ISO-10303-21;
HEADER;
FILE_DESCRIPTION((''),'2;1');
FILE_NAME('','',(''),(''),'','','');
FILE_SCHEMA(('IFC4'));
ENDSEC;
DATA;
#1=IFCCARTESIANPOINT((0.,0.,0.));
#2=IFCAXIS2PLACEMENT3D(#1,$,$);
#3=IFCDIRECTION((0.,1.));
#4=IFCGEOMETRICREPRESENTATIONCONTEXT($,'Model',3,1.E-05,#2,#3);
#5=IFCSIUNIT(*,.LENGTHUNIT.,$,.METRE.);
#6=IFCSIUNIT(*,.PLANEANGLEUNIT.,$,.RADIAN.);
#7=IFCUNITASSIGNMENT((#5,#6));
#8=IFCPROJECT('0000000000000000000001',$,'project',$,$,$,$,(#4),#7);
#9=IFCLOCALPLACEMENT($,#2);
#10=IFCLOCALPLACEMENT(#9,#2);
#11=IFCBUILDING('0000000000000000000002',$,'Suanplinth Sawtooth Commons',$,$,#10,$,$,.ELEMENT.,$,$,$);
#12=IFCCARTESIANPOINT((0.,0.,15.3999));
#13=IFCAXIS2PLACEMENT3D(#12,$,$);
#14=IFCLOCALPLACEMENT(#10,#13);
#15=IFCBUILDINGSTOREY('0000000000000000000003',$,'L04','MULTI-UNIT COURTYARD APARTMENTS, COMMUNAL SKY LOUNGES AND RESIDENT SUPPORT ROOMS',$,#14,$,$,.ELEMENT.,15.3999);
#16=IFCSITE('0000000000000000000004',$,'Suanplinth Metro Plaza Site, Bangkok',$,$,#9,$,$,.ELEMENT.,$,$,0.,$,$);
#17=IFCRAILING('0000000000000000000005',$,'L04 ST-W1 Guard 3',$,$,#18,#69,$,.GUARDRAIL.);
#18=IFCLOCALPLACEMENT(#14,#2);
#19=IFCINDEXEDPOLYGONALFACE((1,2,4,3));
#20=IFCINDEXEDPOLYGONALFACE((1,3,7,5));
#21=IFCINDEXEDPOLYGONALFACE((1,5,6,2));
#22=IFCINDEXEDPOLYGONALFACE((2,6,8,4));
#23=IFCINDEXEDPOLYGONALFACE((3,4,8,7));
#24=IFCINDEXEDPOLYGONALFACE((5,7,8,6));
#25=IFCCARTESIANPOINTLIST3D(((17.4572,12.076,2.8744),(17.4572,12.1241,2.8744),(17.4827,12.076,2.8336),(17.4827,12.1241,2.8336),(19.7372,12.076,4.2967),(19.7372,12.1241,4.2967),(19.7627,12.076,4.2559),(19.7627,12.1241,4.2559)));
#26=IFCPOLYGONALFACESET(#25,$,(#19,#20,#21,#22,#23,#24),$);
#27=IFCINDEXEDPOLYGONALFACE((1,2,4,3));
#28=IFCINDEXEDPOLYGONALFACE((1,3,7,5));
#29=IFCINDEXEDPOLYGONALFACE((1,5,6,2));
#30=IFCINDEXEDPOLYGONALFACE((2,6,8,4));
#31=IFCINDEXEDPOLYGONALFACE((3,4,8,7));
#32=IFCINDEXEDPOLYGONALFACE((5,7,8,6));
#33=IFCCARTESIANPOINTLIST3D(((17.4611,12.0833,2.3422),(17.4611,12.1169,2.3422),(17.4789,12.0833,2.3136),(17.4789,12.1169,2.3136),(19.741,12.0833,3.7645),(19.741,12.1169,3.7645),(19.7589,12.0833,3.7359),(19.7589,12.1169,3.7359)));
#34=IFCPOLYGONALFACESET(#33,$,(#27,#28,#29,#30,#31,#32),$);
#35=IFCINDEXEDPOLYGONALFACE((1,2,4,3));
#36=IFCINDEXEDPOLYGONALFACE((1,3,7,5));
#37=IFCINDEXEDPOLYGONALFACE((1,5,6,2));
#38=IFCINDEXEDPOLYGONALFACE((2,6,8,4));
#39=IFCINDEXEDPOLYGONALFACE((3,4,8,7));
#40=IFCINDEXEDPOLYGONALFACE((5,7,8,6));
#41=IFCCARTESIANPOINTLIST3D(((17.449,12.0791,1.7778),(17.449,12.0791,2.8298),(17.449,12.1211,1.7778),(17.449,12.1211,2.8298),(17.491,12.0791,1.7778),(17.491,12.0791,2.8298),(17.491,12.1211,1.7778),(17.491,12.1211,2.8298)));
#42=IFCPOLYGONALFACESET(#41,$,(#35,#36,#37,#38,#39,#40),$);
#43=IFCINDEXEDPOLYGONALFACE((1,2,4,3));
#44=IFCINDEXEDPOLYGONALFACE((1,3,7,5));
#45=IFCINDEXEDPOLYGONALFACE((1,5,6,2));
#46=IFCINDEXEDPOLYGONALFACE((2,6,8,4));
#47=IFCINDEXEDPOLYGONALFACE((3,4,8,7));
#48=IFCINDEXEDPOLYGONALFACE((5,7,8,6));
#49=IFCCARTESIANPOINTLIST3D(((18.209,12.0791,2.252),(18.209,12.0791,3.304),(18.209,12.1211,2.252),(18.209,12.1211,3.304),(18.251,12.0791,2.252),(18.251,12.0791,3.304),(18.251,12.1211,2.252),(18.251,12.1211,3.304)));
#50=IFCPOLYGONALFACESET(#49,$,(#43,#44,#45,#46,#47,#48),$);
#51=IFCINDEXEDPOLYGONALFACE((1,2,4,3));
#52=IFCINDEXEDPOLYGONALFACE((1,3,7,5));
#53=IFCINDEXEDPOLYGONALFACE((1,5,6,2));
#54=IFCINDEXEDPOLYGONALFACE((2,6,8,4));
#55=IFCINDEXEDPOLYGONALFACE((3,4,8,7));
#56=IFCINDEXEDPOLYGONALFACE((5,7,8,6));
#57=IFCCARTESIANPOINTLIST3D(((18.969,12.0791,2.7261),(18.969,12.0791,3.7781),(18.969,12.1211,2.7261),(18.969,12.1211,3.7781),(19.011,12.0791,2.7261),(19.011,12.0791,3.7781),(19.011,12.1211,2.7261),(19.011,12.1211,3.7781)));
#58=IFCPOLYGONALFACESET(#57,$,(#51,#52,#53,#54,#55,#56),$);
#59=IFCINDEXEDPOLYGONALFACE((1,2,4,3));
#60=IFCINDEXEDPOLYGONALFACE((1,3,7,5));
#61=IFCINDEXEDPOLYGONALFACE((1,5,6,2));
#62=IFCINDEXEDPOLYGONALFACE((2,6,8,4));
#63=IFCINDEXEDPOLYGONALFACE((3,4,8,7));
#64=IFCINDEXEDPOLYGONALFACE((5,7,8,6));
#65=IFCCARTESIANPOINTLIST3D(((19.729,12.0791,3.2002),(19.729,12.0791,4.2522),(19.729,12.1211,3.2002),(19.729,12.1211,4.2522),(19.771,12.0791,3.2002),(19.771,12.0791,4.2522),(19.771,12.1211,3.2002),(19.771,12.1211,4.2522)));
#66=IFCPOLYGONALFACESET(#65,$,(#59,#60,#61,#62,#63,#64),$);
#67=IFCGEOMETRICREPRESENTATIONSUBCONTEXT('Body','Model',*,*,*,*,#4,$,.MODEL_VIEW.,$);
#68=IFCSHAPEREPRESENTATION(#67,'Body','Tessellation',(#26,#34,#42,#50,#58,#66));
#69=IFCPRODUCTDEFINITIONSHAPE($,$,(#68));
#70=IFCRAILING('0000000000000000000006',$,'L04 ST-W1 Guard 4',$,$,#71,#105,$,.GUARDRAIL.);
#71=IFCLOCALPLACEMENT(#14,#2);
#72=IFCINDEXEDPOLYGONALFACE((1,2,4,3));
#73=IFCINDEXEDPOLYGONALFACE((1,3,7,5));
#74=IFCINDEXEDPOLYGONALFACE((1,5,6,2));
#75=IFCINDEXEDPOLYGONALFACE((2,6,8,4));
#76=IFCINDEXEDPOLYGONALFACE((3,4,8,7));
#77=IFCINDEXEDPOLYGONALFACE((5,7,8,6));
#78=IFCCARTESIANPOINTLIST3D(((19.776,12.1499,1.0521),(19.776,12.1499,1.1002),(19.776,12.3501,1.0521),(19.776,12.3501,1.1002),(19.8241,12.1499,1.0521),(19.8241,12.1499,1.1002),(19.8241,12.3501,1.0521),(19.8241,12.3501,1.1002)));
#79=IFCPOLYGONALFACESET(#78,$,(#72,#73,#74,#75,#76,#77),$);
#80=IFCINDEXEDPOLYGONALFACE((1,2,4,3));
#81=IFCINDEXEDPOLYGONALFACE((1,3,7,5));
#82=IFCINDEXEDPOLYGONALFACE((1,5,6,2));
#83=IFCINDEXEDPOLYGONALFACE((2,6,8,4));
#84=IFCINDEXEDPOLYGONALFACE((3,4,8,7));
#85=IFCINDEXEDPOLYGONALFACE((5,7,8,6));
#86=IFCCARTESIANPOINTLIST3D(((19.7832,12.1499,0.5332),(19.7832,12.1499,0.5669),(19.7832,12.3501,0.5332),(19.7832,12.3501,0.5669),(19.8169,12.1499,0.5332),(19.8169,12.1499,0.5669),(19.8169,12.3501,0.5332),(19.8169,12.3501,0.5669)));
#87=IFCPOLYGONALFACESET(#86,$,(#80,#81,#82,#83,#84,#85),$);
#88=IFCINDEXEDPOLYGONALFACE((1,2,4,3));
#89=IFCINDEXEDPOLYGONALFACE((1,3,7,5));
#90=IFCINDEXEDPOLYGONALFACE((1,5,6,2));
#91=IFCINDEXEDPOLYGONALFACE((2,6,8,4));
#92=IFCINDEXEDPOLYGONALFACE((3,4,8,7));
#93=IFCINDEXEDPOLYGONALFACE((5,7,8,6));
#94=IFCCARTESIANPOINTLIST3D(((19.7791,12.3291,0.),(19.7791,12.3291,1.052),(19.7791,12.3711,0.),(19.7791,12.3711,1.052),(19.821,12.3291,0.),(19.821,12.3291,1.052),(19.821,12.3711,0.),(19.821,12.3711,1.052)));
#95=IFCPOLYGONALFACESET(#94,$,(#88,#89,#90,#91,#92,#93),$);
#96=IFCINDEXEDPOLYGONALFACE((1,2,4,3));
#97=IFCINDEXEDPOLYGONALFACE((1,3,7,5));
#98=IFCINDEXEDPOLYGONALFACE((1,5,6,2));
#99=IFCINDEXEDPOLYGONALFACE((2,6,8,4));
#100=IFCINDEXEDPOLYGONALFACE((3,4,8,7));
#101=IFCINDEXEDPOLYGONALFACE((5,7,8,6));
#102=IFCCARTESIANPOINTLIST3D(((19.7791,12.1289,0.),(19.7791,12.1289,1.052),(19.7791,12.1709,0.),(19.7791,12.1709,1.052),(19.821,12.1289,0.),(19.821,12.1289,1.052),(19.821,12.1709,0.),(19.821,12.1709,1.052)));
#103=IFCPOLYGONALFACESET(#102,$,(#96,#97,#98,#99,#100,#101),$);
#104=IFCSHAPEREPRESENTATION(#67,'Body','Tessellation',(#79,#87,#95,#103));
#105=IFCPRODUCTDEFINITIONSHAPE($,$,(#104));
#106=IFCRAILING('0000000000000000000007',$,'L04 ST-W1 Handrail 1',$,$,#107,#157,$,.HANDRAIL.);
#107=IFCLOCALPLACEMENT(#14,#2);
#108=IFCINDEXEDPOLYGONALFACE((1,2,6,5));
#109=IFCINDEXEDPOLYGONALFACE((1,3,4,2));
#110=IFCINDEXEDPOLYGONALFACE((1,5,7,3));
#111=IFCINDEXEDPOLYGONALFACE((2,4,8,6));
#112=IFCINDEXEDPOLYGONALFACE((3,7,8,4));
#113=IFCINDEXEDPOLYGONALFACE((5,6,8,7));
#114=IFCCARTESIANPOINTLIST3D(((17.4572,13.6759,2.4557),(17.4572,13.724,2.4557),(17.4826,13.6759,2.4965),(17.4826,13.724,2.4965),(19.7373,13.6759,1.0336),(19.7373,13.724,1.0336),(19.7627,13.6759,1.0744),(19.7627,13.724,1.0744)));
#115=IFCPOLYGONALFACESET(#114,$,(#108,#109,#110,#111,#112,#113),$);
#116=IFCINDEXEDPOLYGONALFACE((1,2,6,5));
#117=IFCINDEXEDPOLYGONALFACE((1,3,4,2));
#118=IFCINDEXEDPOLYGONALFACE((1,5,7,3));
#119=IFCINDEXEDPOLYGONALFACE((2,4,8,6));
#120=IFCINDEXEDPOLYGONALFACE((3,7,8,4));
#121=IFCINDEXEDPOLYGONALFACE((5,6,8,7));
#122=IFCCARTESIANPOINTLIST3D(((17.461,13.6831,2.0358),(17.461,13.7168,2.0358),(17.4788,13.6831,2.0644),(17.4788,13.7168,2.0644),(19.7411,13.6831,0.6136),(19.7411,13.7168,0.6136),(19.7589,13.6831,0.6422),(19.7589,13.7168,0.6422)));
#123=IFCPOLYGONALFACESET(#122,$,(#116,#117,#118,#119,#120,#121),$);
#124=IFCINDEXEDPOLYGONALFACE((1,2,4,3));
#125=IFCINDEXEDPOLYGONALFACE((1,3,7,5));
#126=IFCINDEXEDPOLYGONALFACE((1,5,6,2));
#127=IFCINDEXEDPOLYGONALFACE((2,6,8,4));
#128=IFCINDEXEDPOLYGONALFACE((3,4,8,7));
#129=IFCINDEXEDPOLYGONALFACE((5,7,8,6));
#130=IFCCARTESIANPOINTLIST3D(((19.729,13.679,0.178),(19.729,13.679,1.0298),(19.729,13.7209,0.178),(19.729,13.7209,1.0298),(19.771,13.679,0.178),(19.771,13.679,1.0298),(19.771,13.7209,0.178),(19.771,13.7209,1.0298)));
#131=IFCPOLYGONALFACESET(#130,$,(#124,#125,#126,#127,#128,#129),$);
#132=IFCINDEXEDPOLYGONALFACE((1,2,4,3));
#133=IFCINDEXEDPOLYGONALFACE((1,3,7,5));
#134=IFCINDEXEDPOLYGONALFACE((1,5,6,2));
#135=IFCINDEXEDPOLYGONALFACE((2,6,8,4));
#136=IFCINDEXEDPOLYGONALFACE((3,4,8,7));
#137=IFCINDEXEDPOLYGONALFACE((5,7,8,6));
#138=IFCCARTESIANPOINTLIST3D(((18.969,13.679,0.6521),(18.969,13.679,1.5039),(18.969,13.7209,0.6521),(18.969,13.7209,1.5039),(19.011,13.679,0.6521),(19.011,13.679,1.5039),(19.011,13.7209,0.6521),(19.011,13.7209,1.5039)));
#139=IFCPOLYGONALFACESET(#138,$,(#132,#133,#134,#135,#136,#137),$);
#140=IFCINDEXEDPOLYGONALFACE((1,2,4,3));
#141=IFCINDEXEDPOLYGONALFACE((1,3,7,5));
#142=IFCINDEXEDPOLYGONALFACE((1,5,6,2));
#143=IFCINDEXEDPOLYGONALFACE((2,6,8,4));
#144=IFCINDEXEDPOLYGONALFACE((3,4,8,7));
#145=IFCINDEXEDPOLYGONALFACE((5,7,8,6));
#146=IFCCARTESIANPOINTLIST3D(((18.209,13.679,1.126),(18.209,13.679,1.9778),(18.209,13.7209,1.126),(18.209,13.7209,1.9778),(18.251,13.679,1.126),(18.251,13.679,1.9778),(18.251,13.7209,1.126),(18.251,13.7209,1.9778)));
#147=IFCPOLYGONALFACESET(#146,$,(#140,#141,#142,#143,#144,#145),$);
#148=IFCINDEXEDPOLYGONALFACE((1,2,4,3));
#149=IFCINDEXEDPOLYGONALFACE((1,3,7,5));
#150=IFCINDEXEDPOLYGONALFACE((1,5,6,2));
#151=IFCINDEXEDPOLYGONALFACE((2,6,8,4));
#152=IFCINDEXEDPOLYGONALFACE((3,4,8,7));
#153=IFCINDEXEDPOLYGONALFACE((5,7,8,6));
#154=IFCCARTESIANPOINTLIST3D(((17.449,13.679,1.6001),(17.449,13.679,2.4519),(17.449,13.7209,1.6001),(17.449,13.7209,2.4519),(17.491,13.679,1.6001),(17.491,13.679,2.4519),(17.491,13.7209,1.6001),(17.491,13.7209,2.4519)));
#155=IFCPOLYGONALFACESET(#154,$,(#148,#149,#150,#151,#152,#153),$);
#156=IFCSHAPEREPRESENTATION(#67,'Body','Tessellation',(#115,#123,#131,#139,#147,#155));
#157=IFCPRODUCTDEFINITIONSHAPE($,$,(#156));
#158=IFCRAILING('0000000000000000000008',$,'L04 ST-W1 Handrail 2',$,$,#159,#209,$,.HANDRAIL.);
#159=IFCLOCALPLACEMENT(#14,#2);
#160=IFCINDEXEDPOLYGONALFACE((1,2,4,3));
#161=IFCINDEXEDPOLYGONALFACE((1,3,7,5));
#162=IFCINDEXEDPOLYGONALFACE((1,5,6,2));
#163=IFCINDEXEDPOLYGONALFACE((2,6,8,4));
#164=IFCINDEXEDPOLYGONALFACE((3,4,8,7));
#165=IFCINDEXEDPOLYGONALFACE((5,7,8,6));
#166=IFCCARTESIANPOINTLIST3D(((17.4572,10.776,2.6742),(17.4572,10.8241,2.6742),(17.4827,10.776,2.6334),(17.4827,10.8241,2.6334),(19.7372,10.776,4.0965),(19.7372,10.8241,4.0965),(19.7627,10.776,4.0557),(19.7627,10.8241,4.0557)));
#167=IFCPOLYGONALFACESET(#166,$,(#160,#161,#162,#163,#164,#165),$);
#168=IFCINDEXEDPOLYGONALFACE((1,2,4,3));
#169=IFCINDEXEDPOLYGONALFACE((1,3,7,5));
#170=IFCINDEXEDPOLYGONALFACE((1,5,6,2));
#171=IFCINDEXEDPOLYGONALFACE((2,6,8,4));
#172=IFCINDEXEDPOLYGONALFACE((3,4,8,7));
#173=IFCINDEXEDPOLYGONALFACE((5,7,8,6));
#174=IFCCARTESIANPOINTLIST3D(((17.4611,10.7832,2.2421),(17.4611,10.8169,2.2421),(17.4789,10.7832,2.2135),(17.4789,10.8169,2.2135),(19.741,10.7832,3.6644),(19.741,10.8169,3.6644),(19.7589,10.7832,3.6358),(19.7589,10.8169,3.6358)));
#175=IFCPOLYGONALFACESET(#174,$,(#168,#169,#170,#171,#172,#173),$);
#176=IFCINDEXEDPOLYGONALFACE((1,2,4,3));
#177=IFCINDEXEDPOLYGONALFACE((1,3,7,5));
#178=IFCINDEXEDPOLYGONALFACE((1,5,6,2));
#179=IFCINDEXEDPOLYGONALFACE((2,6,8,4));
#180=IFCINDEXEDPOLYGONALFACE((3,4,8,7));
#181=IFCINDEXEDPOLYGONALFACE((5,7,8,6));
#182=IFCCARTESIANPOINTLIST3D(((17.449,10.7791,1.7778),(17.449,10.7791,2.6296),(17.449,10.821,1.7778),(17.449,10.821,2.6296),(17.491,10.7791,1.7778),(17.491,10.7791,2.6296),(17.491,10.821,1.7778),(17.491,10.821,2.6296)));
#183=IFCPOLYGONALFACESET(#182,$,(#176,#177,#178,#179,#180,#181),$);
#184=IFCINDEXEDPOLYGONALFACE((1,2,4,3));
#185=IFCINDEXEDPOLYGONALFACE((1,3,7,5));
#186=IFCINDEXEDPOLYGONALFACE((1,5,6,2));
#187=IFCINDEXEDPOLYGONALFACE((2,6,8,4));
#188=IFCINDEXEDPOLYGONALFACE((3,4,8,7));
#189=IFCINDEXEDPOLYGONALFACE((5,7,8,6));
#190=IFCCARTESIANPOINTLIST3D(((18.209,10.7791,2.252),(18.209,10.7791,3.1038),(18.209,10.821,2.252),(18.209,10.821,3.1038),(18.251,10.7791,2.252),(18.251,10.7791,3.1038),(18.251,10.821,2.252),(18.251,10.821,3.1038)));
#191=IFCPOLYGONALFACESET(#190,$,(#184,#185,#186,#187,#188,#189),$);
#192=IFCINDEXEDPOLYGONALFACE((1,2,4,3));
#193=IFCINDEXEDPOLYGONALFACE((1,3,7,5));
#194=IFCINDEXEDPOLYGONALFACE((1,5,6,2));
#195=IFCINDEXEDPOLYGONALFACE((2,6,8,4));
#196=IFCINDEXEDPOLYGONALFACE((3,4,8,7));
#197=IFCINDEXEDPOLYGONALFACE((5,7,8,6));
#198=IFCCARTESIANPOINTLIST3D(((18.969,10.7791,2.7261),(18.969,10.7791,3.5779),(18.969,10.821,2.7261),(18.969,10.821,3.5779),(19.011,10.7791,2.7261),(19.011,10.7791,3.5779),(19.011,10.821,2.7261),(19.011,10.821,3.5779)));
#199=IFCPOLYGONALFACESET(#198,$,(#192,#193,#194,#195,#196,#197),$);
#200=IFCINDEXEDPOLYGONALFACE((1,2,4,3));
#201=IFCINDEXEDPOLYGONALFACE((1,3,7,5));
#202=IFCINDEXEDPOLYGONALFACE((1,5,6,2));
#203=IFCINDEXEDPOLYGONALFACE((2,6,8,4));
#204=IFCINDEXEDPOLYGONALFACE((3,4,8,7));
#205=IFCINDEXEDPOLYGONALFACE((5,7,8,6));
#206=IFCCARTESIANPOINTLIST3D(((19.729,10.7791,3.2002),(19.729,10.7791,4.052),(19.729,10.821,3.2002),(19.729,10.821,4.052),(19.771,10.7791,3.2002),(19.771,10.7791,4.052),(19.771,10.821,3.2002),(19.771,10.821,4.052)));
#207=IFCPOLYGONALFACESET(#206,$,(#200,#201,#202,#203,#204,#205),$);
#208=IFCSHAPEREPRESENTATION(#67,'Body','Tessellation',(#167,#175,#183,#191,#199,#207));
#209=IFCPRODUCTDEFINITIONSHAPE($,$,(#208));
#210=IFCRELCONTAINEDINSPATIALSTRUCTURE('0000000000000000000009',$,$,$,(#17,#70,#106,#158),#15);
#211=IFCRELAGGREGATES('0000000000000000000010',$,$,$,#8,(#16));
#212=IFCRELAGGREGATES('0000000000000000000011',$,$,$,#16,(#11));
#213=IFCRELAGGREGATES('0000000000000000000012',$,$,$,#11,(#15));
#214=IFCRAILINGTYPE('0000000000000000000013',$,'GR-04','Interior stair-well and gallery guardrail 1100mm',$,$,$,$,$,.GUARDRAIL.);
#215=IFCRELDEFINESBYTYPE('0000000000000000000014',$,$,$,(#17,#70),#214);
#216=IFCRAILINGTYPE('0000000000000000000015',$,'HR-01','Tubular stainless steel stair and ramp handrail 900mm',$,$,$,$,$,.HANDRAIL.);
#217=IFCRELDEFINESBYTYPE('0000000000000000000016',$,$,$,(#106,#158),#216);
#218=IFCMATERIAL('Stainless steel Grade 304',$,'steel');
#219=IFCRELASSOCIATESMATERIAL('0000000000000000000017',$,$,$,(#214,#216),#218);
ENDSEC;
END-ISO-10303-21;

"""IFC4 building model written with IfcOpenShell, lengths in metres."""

from ifc_helpers import new_model, si_unit, direction, frame, origin, origin_2d, place, context, subcontext, project, spatial, rectangle, extrude, material, type_object, element, save


model = new_model("IFC4")

# Units and contexts
model_context = context("Model", 3, precision=1e-05, world=origin(), true_north=direction((0.0, 1.0)))
body_context = subcontext(model_context, "Body", "Model", "MODEL_VIEW")
ifc_project = project(units=[si_unit("LENGTHUNIT", "METRE"), si_unit("PLANEANGLEUNIT", "RADIAN")], contexts=[model_context])

# Site, building, storey
site_placement = place(None, origin())
site = spatial("IfcSite", under=ifc_project, at=site_placement, Name="Suanplinth Metro Plaza Site, Bangkok", CompositionType="ELEMENT", RefElevation=0.0)
building_placement = place(site_placement, origin())
building = spatial("IfcBuilding", under=site, at=building_placement, Name="Suanplinth Sawtooth Commons", CompositionType="ELEMENT")
storey_placement = place(building_placement, frame((0.0, 0.0, 15.3999)))
storey = spatial("IfcBuildingStorey", under=building, at=storey_placement, Name="L04", Description="MULTI-UNIT COURTYARD APARTMENTS, COMMUNAL SKY LOUNGES AND RESIDENT SUPPORT ROOMS", CompositionType="ELEMENT", Elevation=15.3999)

# Shared definitions
ifc_material_1 = material(Name="Stainless steel Grade 304", Category="steel")

# Railings
railing_type_1 = type_object("IfcRailingType", Name="GR-04", Description="Interior stair-well and gallery guardrail 1100mm", PredefinedType="GUARDRAIL", material=ifc_material_1)
railing_1_placement = place(storey_placement, frame((17.47, 12.1001, 1.7778)))
element("IfcRailing", 1, at=railing_1_placement, inside=storey, type_object=railing_type_1, Name="L04 ST-W1 Guard 3", PredefinedType="GUARDRAIL", context=body_context, shape_type="SweptSolid", body=[
    extrude(rectangle(XDim=0.0481, YDim=0.0481, at=origin_2d()), frame((0.0, 0.0, 1.0762), z_axis=(0.848442, 0.0, 0.529288), x_axis=(0.0, 1.0, 0.0)), (0.0, 0.0, 1.0), 2.6873),
    extrude(rectangle(XDim=0.0337, YDim=0.0337, at=origin_2d()), frame((0.0, 0.0, 0.55), z_axis=(0.848442, 0.0, 0.529288), x_axis=(0.0, 1.0, 0.0)), (0.0, 0.0, 1.0), 2.6873),
    extrude(rectangle(XDim=0.042, YDim=0.042, at=origin_2d()), origin(), (0.0, 0.0, 1.0), 1.052),
    extrude(rectangle(XDim=0.042, YDim=0.042, at=origin_2d()), frame((0.76, 0.0, 0.4741)), (0.0, 0.0, 1.0), 1.052),
    extrude(rectangle(XDim=0.042, YDim=0.042, at=origin_2d()), frame((1.52, 0.0, 0.9482)), (0.0, 0.0, 1.0), 1.052),
    extrude(rectangle(XDim=0.042, YDim=0.042, at=origin_2d()), frame((2.28, 0.0, 1.4224)), (0.0, 0.0, 1.0), 1.052),
])
railing_2_placement = place(storey_placement, frame((19.8, 12.3501, 0.0)))
element("IfcRailing", 2, at=railing_2_placement, inside=storey, type_object=railing_type_1, Name="L04 ST-W1 Guard 4", PredefinedType="GUARDRAIL", context=body_context, shape_type="SweptSolid", body=[
    extrude(rectangle(XDim=0.0481, YDim=0.0481, at=origin_2d()), frame((0.0, 0.0, 1.0762), z_axis=(0.0, -1.0, 0.0), x_axis=(1.0, 0.0, 0.0)), (0.0, 0.0, 1.0), 0.2002),
    extrude(rectangle(XDim=0.0337, YDim=0.0337, at=origin_2d()), frame((0.0, 0.0, 0.55), z_axis=(0.0, -1.0, 0.0), x_axis=(1.0, 0.0, 0.0)), (0.0, 0.0, 1.0), 0.2002),
    extrude(rectangle(XDim=0.042, YDim=0.042, at=origin_2d()), origin(), (0.0, 0.0, 1.0), 1.052),
    extrude(rectangle(XDim=0.042, YDim=0.042, at=origin_2d()), frame((0.0, -0.2002, 0.0)), (0.0, 0.0, 1.0), 1.052),
])
railing_type_2 = type_object("IfcRailingType", Name="HR-01", Description="Tubular stainless steel stair and ramp handrail 900mm", PredefinedType="HANDRAIL", material=ifc_material_1)
railing_3_placement = place(storey_placement, frame((19.75, 13.7, 0.178)))
element("IfcRailing", 3, at=railing_3_placement, inside=storey, type_object=railing_type_2, Name="L04 ST-W1 Handrail 1", PredefinedType="HANDRAIL", context=body_context, shape_type="SweptSolid", body=[
    extrude(rectangle(XDim=0.0481, YDim=0.0481, at=origin_2d()), frame((0.0, 0.0, 0.876), z_axis=(-0.848483, 0.0, 0.529223), x_axis=(0.0, -1.0, 0.0)), (0.0, 0.0, 1.0), 2.6873),
    extrude(rectangle(XDim=0.0337, YDim=0.0337, at=origin_2d()), frame((0.0, 0.0, 0.45), z_axis=(-0.848483, 0.0, 0.529223), x_axis=(0.0, -1.0, 0.0)), (0.0, 0.0, 1.0), 2.6873),
    extrude(rectangle(XDim=0.042, YDim=0.042, at=origin_2d()), origin(), (0.0, 0.0, 1.0), 0.8518),
    extrude(rectangle(XDim=0.042, YDim=0.042, at=origin_2d()), frame((-0.76, 0.0, 0.4741)), (0.0, 0.0, 1.0), 0.8518),
    extrude(rectangle(XDim=0.042, YDim=0.042, at=origin_2d()), frame((-1.52, 0.0, 0.948)), (0.0, 0.0, 1.0), 0.8518),
    extrude(rectangle(XDim=0.042, YDim=0.042, at=origin_2d()), frame((-2.28, 0.0, 1.4221)), (0.0, 0.0, 1.0), 0.8518),
])
railing_4_placement = place(storey_placement, frame((17.47, 10.8, 1.7778)))
element("IfcRailing", 4, at=railing_4_placement, inside=storey, type_object=railing_type_2, Name="L04 ST-W1 Handrail 2", PredefinedType="HANDRAIL", context=body_context, shape_type="SweptSolid", body=[
    extrude(rectangle(XDim=0.0481, YDim=0.0481, at=origin_2d()), frame((0.0, 0.0, 0.876), z_axis=(0.848442, 0.0, 0.529288), x_axis=(0.0, 1.0, 0.0)), (0.0, 0.0, 1.0), 2.6873),
    extrude(rectangle(XDim=0.0337, YDim=0.0337, at=origin_2d()), frame((0.0, 0.0, 0.45), z_axis=(0.848442, 0.0, 0.529288), x_axis=(0.0, 1.0, 0.0)), (0.0, 0.0, 1.0), 2.6873),
    extrude(rectangle(XDim=0.042, YDim=0.042, at=origin_2d()), origin(), (0.0, 0.0, 1.0), 0.8518),
    extrude(rectangle(XDim=0.042, YDim=0.042, at=origin_2d()), frame((0.76, 0.0, 0.4741)), (0.0, 0.0, 1.0), 0.8518),
    extrude(rectangle(XDim=0.042, YDim=0.042, at=origin_2d()), frame((1.52, 0.0, 0.9482)), (0.0, 0.0, 1.0), 0.8518),
    extrude(rectangle(XDim=0.042, YDim=0.042, at=origin_2d()), frame((2.28, 0.0, 1.4224)), (0.0, 0.0, 1.0), 0.8518),
])

save(model, "model.ifc")
